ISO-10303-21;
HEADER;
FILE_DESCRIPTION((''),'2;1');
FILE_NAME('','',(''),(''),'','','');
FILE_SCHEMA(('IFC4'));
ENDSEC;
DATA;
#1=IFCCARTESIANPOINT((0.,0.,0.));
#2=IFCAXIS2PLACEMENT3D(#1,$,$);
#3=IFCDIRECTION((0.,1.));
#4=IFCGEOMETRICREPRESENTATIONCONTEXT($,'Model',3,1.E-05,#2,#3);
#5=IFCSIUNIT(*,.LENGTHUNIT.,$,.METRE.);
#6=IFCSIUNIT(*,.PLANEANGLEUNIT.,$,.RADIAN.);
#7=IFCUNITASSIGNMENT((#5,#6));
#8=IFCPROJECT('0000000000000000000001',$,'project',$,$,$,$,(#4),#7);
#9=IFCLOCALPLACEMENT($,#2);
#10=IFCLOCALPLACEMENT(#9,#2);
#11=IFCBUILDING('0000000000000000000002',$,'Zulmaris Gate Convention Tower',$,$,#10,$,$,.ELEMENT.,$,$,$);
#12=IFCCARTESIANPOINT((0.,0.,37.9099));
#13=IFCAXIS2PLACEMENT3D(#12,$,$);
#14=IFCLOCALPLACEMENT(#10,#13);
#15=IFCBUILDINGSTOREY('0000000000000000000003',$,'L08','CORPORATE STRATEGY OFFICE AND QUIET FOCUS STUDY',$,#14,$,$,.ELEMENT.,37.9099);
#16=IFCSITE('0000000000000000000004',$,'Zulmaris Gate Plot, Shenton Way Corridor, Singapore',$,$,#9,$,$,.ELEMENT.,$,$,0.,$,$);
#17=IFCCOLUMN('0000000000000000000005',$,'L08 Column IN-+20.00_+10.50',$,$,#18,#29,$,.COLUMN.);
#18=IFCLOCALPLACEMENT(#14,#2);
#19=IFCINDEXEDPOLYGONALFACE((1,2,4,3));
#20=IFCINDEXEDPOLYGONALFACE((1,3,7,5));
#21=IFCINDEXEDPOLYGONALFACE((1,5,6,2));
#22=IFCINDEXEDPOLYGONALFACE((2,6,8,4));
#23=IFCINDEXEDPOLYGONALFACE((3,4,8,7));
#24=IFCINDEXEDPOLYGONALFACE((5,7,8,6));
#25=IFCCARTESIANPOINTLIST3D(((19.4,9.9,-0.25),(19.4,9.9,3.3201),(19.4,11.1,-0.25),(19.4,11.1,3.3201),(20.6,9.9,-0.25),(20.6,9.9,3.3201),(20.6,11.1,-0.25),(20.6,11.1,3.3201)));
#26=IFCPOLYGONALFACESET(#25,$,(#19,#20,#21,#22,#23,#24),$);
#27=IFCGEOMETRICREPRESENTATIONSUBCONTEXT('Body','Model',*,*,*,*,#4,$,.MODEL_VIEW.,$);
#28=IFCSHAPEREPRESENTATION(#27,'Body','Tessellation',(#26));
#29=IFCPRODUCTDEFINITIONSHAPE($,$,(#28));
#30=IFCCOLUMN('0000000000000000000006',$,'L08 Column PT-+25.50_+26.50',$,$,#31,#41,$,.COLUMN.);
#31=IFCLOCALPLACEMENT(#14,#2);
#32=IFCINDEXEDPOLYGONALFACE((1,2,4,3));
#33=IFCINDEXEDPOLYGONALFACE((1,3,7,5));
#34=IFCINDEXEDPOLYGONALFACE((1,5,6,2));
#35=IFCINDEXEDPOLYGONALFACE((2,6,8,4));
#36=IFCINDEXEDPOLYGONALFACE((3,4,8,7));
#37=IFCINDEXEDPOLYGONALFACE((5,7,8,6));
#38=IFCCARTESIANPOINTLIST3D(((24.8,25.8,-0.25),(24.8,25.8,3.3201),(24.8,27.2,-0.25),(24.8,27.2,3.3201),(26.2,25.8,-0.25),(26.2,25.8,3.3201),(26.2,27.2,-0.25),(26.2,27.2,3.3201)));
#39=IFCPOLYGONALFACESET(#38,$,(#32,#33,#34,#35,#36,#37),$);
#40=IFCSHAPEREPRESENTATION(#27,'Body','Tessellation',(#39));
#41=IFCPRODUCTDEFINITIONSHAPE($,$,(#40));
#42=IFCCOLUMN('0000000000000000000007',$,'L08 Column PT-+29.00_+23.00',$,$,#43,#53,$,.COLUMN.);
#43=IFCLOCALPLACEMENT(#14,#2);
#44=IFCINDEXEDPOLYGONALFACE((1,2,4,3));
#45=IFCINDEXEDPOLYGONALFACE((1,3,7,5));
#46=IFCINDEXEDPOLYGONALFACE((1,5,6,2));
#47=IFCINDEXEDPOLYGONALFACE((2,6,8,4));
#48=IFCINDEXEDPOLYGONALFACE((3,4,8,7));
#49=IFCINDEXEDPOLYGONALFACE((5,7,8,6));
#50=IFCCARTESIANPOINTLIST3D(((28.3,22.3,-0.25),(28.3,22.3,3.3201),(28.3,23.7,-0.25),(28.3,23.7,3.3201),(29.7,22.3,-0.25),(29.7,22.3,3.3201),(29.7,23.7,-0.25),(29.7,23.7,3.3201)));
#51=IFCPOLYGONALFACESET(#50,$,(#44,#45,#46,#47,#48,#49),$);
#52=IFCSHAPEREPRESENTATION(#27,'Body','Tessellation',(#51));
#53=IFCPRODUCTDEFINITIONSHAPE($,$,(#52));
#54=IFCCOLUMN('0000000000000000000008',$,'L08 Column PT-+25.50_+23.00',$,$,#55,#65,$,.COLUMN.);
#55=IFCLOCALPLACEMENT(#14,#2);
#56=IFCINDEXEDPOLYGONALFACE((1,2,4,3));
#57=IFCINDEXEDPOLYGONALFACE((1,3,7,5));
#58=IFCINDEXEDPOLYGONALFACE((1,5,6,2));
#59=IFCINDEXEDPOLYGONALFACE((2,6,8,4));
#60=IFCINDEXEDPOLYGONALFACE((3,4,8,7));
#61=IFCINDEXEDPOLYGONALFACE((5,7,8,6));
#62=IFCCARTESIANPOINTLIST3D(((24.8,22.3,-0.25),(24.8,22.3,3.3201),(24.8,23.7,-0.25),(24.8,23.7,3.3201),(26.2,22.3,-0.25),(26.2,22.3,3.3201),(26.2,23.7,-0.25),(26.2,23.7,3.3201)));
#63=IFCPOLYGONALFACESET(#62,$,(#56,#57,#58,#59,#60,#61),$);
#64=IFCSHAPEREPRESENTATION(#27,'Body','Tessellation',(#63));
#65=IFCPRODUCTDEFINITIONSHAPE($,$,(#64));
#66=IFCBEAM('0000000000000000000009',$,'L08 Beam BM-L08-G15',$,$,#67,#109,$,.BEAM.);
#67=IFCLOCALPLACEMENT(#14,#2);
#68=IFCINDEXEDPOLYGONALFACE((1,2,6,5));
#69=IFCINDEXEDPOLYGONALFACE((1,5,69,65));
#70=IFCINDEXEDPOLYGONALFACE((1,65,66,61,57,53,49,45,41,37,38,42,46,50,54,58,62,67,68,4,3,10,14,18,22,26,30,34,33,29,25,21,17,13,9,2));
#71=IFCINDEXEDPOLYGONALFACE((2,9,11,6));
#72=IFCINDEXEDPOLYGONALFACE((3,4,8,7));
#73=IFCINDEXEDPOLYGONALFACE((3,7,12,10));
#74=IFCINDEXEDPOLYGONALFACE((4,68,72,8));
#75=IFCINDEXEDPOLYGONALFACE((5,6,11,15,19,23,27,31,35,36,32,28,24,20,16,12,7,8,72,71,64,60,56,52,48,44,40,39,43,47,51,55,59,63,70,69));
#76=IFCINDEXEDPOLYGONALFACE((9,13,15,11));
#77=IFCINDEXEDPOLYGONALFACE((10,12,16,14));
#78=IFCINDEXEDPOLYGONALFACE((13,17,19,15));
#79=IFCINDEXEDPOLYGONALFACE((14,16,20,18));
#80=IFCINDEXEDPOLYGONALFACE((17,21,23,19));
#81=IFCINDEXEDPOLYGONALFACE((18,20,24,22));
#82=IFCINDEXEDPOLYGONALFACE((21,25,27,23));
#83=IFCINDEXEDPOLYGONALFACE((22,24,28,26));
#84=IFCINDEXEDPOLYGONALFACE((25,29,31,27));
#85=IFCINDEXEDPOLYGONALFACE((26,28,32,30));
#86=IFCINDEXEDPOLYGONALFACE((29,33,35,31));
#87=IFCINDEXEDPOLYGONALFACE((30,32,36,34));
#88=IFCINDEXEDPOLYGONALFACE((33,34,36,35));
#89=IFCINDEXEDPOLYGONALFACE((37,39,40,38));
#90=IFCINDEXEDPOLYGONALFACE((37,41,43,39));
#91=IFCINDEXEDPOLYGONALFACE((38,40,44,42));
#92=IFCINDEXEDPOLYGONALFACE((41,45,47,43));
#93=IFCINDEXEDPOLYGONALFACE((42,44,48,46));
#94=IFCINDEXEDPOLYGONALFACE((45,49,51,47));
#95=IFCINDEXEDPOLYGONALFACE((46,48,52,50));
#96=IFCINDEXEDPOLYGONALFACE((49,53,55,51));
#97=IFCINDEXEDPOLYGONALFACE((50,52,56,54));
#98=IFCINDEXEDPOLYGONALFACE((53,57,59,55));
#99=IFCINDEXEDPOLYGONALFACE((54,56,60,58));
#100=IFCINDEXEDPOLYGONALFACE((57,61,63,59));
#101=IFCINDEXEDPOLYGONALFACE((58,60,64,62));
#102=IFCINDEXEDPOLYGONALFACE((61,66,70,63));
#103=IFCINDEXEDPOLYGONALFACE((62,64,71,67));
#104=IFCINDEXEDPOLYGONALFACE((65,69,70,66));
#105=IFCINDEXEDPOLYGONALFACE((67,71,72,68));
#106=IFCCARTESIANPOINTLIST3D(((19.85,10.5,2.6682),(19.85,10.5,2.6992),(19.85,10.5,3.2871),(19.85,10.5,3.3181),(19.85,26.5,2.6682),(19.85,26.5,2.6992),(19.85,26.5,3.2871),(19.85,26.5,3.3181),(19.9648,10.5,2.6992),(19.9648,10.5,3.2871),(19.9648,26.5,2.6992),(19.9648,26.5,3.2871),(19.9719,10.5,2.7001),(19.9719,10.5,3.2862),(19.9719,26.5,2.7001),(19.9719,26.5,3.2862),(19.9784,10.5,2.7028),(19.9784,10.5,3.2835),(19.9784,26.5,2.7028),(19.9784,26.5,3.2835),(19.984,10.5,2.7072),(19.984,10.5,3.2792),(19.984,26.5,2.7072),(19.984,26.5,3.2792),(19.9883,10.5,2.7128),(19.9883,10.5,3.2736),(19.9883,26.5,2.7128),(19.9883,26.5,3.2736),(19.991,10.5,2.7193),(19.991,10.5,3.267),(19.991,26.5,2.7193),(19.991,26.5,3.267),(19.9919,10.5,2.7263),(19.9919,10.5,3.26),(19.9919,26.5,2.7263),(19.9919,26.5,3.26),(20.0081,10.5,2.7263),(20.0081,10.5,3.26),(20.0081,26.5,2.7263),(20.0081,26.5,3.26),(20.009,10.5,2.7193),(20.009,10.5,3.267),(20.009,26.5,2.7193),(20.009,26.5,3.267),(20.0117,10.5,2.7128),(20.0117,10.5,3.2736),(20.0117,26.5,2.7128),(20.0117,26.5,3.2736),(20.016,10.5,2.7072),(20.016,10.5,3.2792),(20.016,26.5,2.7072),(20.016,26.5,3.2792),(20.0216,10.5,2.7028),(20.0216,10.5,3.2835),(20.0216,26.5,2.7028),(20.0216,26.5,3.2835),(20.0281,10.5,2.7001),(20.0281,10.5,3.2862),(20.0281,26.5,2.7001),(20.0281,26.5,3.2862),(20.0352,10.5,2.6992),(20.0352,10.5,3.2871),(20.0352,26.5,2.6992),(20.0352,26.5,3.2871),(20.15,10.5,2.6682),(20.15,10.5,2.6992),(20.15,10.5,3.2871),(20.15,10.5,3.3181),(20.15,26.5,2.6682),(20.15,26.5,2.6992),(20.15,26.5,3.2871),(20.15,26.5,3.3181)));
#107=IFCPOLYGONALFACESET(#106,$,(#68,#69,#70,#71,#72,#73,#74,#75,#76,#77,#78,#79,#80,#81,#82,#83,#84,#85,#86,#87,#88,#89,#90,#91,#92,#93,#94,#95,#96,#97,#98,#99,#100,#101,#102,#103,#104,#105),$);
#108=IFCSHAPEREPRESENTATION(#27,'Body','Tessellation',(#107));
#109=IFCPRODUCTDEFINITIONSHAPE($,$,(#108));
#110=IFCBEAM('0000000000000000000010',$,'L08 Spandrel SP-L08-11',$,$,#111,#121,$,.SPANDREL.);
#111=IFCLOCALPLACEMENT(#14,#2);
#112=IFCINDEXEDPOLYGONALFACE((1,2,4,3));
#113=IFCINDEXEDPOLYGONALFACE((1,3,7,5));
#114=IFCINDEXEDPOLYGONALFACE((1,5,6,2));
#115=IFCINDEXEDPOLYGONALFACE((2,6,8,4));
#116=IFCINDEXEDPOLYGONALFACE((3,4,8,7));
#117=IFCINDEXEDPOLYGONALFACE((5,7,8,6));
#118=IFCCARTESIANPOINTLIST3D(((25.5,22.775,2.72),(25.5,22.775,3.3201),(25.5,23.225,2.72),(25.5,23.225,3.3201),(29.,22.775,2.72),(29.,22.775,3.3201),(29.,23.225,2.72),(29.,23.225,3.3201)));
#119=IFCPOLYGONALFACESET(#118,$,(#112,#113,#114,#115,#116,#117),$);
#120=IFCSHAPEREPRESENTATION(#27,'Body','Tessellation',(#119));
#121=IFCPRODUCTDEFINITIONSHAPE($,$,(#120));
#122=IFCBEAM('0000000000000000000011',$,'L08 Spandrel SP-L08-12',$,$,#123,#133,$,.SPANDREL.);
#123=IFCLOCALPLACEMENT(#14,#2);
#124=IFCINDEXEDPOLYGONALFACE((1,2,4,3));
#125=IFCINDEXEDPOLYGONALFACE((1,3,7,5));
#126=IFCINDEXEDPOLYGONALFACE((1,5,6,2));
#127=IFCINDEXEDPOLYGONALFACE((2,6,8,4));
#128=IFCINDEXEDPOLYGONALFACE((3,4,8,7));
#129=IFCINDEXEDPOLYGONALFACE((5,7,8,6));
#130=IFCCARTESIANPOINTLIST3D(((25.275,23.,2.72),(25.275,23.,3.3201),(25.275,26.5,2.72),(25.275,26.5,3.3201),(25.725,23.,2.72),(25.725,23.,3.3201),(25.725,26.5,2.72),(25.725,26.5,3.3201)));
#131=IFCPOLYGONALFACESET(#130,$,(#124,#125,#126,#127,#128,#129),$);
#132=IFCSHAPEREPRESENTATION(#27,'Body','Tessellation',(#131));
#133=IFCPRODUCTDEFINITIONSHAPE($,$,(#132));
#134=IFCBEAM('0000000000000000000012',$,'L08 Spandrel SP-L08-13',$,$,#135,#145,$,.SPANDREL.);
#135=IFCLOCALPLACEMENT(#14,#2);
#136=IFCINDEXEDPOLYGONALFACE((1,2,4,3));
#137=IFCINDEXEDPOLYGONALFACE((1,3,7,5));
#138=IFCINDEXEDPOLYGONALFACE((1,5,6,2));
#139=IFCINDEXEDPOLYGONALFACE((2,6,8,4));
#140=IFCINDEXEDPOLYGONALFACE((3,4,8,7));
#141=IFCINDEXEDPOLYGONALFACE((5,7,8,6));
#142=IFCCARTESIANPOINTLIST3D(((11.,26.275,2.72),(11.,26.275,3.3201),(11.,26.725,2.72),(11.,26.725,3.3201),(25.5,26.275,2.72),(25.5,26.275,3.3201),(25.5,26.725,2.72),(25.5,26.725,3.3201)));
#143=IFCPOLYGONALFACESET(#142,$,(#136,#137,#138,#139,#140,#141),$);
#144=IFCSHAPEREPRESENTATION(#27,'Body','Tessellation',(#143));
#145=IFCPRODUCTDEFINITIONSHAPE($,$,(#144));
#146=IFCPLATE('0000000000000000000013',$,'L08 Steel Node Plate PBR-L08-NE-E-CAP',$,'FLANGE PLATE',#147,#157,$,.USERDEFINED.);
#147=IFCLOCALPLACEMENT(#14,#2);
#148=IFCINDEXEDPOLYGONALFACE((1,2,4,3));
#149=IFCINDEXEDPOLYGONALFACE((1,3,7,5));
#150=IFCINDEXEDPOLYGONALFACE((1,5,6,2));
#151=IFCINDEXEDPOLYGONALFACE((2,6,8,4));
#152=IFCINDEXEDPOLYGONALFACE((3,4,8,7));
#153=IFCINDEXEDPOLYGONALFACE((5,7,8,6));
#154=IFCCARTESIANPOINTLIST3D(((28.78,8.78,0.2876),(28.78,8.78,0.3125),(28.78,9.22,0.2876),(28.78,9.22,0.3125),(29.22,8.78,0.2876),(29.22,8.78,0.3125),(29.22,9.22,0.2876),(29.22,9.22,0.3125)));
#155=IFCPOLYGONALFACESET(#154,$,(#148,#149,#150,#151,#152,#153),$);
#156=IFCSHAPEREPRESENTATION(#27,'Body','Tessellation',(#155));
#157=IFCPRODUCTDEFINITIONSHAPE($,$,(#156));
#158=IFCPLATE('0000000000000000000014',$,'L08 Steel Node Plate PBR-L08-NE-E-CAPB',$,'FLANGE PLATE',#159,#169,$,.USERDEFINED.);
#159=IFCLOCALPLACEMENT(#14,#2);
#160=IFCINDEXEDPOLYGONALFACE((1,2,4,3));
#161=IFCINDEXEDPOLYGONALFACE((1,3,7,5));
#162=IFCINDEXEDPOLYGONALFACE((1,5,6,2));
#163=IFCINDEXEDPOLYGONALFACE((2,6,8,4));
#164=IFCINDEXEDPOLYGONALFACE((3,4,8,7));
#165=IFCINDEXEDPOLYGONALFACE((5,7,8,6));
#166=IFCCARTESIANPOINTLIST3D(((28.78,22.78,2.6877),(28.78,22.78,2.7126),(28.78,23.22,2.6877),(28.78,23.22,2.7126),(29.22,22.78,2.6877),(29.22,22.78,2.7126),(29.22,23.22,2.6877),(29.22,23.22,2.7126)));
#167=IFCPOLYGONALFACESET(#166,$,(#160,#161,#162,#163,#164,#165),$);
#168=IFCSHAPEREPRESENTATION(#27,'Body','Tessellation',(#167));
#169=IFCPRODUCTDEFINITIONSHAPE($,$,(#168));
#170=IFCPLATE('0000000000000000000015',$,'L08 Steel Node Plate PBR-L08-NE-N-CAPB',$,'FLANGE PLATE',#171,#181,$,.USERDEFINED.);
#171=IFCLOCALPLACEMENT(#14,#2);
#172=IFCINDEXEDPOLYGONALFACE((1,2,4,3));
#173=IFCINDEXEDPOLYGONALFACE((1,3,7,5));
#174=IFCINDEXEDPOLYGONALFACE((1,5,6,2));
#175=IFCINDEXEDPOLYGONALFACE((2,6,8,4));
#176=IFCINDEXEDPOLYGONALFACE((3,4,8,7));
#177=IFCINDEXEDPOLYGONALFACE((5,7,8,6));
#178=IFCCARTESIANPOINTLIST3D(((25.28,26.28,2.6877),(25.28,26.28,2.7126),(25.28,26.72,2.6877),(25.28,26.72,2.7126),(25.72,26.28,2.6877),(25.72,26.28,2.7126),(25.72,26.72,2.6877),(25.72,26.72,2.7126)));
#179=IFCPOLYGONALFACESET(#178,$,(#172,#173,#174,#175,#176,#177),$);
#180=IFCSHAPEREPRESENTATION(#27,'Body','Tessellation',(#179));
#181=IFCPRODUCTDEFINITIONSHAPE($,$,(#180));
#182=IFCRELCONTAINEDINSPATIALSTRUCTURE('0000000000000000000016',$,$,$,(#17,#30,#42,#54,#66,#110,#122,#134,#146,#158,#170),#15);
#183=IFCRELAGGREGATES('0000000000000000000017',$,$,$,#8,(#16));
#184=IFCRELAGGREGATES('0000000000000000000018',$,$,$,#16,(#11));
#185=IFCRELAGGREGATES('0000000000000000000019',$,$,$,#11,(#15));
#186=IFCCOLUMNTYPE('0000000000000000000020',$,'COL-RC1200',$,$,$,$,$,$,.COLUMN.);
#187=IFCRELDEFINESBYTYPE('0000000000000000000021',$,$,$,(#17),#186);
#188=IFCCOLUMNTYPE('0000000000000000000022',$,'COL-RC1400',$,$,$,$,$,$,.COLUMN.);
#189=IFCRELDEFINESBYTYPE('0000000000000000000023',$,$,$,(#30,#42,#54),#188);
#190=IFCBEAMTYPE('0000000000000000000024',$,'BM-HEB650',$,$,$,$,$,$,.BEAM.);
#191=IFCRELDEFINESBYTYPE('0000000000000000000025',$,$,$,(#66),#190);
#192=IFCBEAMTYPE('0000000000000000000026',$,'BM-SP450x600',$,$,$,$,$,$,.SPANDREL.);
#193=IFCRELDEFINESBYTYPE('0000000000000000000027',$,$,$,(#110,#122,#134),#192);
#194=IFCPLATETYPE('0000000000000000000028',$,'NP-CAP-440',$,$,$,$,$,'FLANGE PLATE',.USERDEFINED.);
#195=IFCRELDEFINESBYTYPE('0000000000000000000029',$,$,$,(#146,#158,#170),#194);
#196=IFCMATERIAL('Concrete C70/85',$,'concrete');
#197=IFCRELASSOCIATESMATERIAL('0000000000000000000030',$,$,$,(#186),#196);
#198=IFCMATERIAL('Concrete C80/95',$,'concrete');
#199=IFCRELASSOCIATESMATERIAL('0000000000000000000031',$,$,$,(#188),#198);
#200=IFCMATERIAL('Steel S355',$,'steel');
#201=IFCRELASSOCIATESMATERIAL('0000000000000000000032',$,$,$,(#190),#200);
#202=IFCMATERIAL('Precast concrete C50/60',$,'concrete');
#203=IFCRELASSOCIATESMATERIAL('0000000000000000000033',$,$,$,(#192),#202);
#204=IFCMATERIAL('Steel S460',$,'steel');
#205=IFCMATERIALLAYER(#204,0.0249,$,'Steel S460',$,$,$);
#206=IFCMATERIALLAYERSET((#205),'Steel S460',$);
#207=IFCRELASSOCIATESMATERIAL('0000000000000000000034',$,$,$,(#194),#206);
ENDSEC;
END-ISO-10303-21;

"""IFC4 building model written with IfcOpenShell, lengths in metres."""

from ifc_helpers import new_model, si_unit, direction, frame, origin, origin_2d, place, context, subcontext, project, spatial, rectangle, i_section, extrude, material, layer, layer_set, material_profile, profile_set, type_object, element, save


model = new_model("IFC4")

# Units and contexts
model_context = context("Model", 3, precision=1e-05, world=origin(), true_north=direction((0.0, 1.0)))
body_context = subcontext(model_context, "Body", "Model", "MODEL_VIEW")
ifc_project = project(units=[si_unit("LENGTHUNIT", "METRE"), si_unit("PLANEANGLEUNIT", "RADIAN")], contexts=[model_context])

# Site, building, storey
site_placement = place(None, origin())
site = spatial("IfcSite", under=ifc_project, at=site_placement, Name="Zulmaris Gate Plot, Shenton Way Corridor, Singapore", CompositionType="ELEMENT", RefElevation=0.0)
building_placement = place(site_placement, origin())
building = spatial("IfcBuilding", under=site, at=building_placement, Name="Zulmaris Gate Convention Tower", CompositionType="ELEMENT")
storey_placement = place(building_placement, frame((0.0, 0.0, 37.9099)))
storey = spatial("IfcBuildingStorey", under=building, at=storey_placement, Name="L08", Description="CORPORATE STRATEGY OFFICE AND QUIET FOCUS STUDY", CompositionType="ELEMENT", Elevation=37.9099)

# Columns
ifc_material_1 = material(Name="Concrete C70/85", Category="concrete")
ifc_material_profile_1 = material_profile(ifc_material_1, rectangle(XDim=1.2, YDim=1.2, at=origin_2d()), Name="RC COL 1200x1200")
ifc_profile_set_1 = profile_set([ifc_material_profile_1], Name="Concrete C70/85")
column_type_1 = type_object("IfcColumnType", Name="COL-RC1200", PredefinedType="COLUMN", material=ifc_profile_set_1)
column_placement = place(storey_placement, frame((20.0, 10.5, -0.25), z_axis=(0.0, 0.0, 1.0), x_axis=(1.0, 0.0, 0.0)))
element("IfcColumn", 1, at=column_placement, inside=storey, type_object=column_type_1, Name="L08 Column IN-+20.00_+10.50", PredefinedType="COLUMN", context=body_context, shape_type="SweptSolid", body=[
    extrude(rectangle(XDim=1.2, YDim=1.2, at=origin_2d()), origin(), (0.0, 0.0, 1.0), 3.5701),
])
ifc_material_2 = material(Name="Concrete C80/95", Category="concrete")
ifc_material_profile_2 = material_profile(ifc_material_2, rectangle(XDim=1.3999, YDim=1.3999, at=origin_2d()), Name="RC COL 1400x1400")
ifc_profile_set_2 = profile_set([ifc_material_profile_2], Name="Concrete C80/95")
column_type_2 = type_object("IfcColumnType", Name="COL-RC1400", PredefinedType="COLUMN", material=ifc_profile_set_2)
for number, where, z_axis, x_axis, name in (
    (2, (25.5, 26.5, -0.25), (0.0, 0.0, 1.0), (1.0, 0.0, 0.0), "L08 Column PT-+25.50_+26.50"),
    (3, (29.0, 23.0, -0.25), (0.0, 0.0, 1.0), (1.0, 0.0, 0.0), "L08 Column PT-+29.00_+23.00"),
    (4, (25.5, 23.0, -0.25), (0.0, 0.0, 1.0), (1.0, 0.0, 0.0), "L08 Column PT-+25.50_+23.00"),
):
    element("IfcColumn", number, at=place(storey_placement, frame(where, z_axis=z_axis, x_axis=x_axis)), inside=storey, type_object=column_type_2, Name=name, PredefinedType="COLUMN", context=body_context, shape_type="SweptSolid", body=[
        extrude(rectangle(XDim=1.3999, YDim=1.3999, at=origin_2d()), origin(), (0.0, 0.0, 1.0), 3.5701),
    ])

# Beams
ifc_material_3 = material(Name="Steel S355", Category="steel")
ifc_material_profile_3 = material_profile(ifc_material_3, i_section(OverallWidth=0.3, OverallDepth=0.6499, WebThickness=0.0161, FlangeThickness=0.031, FilletRadius=0.0271, at=origin_2d()), Name="HEB 650")
ifc_profile_set_3 = profile_set([ifc_material_profile_3], Name="Steel S355")
beam_type_1 = type_object("IfcBeamType", Name="BM-HEB650", PredefinedType="BEAM", material=ifc_profile_set_3)
beam_1_placement = place(storey_placement, frame((20.0, 10.5, 2.9932), z_axis=(0.0, 1.0, 0.0), x_axis=(-1.0, 0.0, 0.0)))
element("IfcBeam", 5, at=beam_1_placement, inside=storey, type_object=beam_type_1, Name="L08 Beam BM-L08-G15", PredefinedType="BEAM", context=body_context, shape_type="SweptSolid", body=[
    extrude(i_section(OverallWidth=0.3, OverallDepth=0.6499, WebThickness=0.0161, FlangeThickness=0.031, FilletRadius=0.0271, at=origin_2d()), origin(), (0.0, 0.0, 1.0), 16.0),
])
ifc_material_4 = material(Name="Precast concrete C50/60", Category="concrete")
ifc_material_profile_4 = material_profile(ifc_material_4, rectangle(XDim=0.45, YDim=0.6001, at=origin_2d()), Name="RC SPANDREL 450x600")
ifc_profile_set_4 = profile_set([ifc_material_profile_4], Name="Precast concrete C50/60")
beam_type_2 = type_object("IfcBeamType", Name="BM-SP450x600", PredefinedType="SPANDREL", material=ifc_profile_set_4)
for number, where, z_axis, x_axis, name in (
    (6, (29.0, 23.0, 3.02), (-1.0, 0.0, 0.0), (0.0, -1.0, 0.0), "L08 Spandrel SP-L08-11"),
    (7, (25.5, 23.0, 3.02), (0.0, 1.0, 0.0), (-1.0, 0.0, 0.0), "L08 Spandrel SP-L08-12"),
):
    element("IfcBeam", number, at=place(storey_placement, frame(where, z_axis=z_axis, x_axis=x_axis)), inside=storey, type_object=beam_type_2, Name=name, PredefinedType="SPANDREL", context=body_context, shape_type="SweptSolid", body=[
        extrude(rectangle(XDim=0.45, YDim=0.6001, at=origin_2d()), origin(), (0.0, 0.0, 1.0), 3.5),
    ])
beam_2_placement = place(storey_placement, frame((25.5, 26.5, 3.02), z_axis=(-1.0, 0.0, 0.0), x_axis=(0.0, -1.0, 0.0)))
element("IfcBeam", 8, at=beam_2_placement, inside=storey, type_object=beam_type_2, Name="L08 Spandrel SP-L08-13", PredefinedType="SPANDREL", context=body_context, shape_type="SweptSolid", body=[
    extrude(rectangle(XDim=0.45, YDim=0.6001, at=origin_2d()), origin(), (0.0, 0.0, 1.0), 14.5),
])

# Plates
ifc_material_5 = material(Name="Steel S460", Category="steel")
ifc_layer_1 = layer(ifc_material_5, 0.0249, Name="Steel S460")
ifc_layer_set_1 = layer_set([ifc_layer_1], Name="Steel S460")
plate_type = type_object("IfcPlateType", Name="NP-CAP-440", ElementType="FLANGE PLATE", PredefinedType="USERDEFINED", material=ifc_layer_set_1)
for number, where, z_axis, x_axis, name in (
    (9, (29.0, 9.0, 0.2876), (0.0, 0.0, 1.0), (1.0, 0.0, 0.0), "L08 Steel Node Plate PBR-L08-NE-E-CAP"),
    (10, (29.0, 23.0, 2.6877), (0.0, 0.0, 1.0), (1.0, 0.0, 0.0), "L08 Steel Node Plate PBR-L08-NE-E-CAPB"),
    (11, (25.5, 26.5, 2.6877), (0.0, 0.0, 1.0), (1.0, 0.0, 0.0), "L08 Steel Node Plate PBR-L08-NE-N-CAPB"),
):
    element("IfcPlate", number, at=place(storey_placement, frame(where, z_axis=z_axis, x_axis=x_axis)), inside=storey, type_object=plate_type, Name=name, ObjectType="FLANGE PLATE", PredefinedType="USERDEFINED", context=body_context, shape_type="SweptSolid", body=[
        extrude(rectangle(XDim=0.4399, YDim=0.4399, at=origin_2d()), origin(), (0.0, 0.0, 1.0), 0.0249),
    ])

save(model, "model.ifc")
